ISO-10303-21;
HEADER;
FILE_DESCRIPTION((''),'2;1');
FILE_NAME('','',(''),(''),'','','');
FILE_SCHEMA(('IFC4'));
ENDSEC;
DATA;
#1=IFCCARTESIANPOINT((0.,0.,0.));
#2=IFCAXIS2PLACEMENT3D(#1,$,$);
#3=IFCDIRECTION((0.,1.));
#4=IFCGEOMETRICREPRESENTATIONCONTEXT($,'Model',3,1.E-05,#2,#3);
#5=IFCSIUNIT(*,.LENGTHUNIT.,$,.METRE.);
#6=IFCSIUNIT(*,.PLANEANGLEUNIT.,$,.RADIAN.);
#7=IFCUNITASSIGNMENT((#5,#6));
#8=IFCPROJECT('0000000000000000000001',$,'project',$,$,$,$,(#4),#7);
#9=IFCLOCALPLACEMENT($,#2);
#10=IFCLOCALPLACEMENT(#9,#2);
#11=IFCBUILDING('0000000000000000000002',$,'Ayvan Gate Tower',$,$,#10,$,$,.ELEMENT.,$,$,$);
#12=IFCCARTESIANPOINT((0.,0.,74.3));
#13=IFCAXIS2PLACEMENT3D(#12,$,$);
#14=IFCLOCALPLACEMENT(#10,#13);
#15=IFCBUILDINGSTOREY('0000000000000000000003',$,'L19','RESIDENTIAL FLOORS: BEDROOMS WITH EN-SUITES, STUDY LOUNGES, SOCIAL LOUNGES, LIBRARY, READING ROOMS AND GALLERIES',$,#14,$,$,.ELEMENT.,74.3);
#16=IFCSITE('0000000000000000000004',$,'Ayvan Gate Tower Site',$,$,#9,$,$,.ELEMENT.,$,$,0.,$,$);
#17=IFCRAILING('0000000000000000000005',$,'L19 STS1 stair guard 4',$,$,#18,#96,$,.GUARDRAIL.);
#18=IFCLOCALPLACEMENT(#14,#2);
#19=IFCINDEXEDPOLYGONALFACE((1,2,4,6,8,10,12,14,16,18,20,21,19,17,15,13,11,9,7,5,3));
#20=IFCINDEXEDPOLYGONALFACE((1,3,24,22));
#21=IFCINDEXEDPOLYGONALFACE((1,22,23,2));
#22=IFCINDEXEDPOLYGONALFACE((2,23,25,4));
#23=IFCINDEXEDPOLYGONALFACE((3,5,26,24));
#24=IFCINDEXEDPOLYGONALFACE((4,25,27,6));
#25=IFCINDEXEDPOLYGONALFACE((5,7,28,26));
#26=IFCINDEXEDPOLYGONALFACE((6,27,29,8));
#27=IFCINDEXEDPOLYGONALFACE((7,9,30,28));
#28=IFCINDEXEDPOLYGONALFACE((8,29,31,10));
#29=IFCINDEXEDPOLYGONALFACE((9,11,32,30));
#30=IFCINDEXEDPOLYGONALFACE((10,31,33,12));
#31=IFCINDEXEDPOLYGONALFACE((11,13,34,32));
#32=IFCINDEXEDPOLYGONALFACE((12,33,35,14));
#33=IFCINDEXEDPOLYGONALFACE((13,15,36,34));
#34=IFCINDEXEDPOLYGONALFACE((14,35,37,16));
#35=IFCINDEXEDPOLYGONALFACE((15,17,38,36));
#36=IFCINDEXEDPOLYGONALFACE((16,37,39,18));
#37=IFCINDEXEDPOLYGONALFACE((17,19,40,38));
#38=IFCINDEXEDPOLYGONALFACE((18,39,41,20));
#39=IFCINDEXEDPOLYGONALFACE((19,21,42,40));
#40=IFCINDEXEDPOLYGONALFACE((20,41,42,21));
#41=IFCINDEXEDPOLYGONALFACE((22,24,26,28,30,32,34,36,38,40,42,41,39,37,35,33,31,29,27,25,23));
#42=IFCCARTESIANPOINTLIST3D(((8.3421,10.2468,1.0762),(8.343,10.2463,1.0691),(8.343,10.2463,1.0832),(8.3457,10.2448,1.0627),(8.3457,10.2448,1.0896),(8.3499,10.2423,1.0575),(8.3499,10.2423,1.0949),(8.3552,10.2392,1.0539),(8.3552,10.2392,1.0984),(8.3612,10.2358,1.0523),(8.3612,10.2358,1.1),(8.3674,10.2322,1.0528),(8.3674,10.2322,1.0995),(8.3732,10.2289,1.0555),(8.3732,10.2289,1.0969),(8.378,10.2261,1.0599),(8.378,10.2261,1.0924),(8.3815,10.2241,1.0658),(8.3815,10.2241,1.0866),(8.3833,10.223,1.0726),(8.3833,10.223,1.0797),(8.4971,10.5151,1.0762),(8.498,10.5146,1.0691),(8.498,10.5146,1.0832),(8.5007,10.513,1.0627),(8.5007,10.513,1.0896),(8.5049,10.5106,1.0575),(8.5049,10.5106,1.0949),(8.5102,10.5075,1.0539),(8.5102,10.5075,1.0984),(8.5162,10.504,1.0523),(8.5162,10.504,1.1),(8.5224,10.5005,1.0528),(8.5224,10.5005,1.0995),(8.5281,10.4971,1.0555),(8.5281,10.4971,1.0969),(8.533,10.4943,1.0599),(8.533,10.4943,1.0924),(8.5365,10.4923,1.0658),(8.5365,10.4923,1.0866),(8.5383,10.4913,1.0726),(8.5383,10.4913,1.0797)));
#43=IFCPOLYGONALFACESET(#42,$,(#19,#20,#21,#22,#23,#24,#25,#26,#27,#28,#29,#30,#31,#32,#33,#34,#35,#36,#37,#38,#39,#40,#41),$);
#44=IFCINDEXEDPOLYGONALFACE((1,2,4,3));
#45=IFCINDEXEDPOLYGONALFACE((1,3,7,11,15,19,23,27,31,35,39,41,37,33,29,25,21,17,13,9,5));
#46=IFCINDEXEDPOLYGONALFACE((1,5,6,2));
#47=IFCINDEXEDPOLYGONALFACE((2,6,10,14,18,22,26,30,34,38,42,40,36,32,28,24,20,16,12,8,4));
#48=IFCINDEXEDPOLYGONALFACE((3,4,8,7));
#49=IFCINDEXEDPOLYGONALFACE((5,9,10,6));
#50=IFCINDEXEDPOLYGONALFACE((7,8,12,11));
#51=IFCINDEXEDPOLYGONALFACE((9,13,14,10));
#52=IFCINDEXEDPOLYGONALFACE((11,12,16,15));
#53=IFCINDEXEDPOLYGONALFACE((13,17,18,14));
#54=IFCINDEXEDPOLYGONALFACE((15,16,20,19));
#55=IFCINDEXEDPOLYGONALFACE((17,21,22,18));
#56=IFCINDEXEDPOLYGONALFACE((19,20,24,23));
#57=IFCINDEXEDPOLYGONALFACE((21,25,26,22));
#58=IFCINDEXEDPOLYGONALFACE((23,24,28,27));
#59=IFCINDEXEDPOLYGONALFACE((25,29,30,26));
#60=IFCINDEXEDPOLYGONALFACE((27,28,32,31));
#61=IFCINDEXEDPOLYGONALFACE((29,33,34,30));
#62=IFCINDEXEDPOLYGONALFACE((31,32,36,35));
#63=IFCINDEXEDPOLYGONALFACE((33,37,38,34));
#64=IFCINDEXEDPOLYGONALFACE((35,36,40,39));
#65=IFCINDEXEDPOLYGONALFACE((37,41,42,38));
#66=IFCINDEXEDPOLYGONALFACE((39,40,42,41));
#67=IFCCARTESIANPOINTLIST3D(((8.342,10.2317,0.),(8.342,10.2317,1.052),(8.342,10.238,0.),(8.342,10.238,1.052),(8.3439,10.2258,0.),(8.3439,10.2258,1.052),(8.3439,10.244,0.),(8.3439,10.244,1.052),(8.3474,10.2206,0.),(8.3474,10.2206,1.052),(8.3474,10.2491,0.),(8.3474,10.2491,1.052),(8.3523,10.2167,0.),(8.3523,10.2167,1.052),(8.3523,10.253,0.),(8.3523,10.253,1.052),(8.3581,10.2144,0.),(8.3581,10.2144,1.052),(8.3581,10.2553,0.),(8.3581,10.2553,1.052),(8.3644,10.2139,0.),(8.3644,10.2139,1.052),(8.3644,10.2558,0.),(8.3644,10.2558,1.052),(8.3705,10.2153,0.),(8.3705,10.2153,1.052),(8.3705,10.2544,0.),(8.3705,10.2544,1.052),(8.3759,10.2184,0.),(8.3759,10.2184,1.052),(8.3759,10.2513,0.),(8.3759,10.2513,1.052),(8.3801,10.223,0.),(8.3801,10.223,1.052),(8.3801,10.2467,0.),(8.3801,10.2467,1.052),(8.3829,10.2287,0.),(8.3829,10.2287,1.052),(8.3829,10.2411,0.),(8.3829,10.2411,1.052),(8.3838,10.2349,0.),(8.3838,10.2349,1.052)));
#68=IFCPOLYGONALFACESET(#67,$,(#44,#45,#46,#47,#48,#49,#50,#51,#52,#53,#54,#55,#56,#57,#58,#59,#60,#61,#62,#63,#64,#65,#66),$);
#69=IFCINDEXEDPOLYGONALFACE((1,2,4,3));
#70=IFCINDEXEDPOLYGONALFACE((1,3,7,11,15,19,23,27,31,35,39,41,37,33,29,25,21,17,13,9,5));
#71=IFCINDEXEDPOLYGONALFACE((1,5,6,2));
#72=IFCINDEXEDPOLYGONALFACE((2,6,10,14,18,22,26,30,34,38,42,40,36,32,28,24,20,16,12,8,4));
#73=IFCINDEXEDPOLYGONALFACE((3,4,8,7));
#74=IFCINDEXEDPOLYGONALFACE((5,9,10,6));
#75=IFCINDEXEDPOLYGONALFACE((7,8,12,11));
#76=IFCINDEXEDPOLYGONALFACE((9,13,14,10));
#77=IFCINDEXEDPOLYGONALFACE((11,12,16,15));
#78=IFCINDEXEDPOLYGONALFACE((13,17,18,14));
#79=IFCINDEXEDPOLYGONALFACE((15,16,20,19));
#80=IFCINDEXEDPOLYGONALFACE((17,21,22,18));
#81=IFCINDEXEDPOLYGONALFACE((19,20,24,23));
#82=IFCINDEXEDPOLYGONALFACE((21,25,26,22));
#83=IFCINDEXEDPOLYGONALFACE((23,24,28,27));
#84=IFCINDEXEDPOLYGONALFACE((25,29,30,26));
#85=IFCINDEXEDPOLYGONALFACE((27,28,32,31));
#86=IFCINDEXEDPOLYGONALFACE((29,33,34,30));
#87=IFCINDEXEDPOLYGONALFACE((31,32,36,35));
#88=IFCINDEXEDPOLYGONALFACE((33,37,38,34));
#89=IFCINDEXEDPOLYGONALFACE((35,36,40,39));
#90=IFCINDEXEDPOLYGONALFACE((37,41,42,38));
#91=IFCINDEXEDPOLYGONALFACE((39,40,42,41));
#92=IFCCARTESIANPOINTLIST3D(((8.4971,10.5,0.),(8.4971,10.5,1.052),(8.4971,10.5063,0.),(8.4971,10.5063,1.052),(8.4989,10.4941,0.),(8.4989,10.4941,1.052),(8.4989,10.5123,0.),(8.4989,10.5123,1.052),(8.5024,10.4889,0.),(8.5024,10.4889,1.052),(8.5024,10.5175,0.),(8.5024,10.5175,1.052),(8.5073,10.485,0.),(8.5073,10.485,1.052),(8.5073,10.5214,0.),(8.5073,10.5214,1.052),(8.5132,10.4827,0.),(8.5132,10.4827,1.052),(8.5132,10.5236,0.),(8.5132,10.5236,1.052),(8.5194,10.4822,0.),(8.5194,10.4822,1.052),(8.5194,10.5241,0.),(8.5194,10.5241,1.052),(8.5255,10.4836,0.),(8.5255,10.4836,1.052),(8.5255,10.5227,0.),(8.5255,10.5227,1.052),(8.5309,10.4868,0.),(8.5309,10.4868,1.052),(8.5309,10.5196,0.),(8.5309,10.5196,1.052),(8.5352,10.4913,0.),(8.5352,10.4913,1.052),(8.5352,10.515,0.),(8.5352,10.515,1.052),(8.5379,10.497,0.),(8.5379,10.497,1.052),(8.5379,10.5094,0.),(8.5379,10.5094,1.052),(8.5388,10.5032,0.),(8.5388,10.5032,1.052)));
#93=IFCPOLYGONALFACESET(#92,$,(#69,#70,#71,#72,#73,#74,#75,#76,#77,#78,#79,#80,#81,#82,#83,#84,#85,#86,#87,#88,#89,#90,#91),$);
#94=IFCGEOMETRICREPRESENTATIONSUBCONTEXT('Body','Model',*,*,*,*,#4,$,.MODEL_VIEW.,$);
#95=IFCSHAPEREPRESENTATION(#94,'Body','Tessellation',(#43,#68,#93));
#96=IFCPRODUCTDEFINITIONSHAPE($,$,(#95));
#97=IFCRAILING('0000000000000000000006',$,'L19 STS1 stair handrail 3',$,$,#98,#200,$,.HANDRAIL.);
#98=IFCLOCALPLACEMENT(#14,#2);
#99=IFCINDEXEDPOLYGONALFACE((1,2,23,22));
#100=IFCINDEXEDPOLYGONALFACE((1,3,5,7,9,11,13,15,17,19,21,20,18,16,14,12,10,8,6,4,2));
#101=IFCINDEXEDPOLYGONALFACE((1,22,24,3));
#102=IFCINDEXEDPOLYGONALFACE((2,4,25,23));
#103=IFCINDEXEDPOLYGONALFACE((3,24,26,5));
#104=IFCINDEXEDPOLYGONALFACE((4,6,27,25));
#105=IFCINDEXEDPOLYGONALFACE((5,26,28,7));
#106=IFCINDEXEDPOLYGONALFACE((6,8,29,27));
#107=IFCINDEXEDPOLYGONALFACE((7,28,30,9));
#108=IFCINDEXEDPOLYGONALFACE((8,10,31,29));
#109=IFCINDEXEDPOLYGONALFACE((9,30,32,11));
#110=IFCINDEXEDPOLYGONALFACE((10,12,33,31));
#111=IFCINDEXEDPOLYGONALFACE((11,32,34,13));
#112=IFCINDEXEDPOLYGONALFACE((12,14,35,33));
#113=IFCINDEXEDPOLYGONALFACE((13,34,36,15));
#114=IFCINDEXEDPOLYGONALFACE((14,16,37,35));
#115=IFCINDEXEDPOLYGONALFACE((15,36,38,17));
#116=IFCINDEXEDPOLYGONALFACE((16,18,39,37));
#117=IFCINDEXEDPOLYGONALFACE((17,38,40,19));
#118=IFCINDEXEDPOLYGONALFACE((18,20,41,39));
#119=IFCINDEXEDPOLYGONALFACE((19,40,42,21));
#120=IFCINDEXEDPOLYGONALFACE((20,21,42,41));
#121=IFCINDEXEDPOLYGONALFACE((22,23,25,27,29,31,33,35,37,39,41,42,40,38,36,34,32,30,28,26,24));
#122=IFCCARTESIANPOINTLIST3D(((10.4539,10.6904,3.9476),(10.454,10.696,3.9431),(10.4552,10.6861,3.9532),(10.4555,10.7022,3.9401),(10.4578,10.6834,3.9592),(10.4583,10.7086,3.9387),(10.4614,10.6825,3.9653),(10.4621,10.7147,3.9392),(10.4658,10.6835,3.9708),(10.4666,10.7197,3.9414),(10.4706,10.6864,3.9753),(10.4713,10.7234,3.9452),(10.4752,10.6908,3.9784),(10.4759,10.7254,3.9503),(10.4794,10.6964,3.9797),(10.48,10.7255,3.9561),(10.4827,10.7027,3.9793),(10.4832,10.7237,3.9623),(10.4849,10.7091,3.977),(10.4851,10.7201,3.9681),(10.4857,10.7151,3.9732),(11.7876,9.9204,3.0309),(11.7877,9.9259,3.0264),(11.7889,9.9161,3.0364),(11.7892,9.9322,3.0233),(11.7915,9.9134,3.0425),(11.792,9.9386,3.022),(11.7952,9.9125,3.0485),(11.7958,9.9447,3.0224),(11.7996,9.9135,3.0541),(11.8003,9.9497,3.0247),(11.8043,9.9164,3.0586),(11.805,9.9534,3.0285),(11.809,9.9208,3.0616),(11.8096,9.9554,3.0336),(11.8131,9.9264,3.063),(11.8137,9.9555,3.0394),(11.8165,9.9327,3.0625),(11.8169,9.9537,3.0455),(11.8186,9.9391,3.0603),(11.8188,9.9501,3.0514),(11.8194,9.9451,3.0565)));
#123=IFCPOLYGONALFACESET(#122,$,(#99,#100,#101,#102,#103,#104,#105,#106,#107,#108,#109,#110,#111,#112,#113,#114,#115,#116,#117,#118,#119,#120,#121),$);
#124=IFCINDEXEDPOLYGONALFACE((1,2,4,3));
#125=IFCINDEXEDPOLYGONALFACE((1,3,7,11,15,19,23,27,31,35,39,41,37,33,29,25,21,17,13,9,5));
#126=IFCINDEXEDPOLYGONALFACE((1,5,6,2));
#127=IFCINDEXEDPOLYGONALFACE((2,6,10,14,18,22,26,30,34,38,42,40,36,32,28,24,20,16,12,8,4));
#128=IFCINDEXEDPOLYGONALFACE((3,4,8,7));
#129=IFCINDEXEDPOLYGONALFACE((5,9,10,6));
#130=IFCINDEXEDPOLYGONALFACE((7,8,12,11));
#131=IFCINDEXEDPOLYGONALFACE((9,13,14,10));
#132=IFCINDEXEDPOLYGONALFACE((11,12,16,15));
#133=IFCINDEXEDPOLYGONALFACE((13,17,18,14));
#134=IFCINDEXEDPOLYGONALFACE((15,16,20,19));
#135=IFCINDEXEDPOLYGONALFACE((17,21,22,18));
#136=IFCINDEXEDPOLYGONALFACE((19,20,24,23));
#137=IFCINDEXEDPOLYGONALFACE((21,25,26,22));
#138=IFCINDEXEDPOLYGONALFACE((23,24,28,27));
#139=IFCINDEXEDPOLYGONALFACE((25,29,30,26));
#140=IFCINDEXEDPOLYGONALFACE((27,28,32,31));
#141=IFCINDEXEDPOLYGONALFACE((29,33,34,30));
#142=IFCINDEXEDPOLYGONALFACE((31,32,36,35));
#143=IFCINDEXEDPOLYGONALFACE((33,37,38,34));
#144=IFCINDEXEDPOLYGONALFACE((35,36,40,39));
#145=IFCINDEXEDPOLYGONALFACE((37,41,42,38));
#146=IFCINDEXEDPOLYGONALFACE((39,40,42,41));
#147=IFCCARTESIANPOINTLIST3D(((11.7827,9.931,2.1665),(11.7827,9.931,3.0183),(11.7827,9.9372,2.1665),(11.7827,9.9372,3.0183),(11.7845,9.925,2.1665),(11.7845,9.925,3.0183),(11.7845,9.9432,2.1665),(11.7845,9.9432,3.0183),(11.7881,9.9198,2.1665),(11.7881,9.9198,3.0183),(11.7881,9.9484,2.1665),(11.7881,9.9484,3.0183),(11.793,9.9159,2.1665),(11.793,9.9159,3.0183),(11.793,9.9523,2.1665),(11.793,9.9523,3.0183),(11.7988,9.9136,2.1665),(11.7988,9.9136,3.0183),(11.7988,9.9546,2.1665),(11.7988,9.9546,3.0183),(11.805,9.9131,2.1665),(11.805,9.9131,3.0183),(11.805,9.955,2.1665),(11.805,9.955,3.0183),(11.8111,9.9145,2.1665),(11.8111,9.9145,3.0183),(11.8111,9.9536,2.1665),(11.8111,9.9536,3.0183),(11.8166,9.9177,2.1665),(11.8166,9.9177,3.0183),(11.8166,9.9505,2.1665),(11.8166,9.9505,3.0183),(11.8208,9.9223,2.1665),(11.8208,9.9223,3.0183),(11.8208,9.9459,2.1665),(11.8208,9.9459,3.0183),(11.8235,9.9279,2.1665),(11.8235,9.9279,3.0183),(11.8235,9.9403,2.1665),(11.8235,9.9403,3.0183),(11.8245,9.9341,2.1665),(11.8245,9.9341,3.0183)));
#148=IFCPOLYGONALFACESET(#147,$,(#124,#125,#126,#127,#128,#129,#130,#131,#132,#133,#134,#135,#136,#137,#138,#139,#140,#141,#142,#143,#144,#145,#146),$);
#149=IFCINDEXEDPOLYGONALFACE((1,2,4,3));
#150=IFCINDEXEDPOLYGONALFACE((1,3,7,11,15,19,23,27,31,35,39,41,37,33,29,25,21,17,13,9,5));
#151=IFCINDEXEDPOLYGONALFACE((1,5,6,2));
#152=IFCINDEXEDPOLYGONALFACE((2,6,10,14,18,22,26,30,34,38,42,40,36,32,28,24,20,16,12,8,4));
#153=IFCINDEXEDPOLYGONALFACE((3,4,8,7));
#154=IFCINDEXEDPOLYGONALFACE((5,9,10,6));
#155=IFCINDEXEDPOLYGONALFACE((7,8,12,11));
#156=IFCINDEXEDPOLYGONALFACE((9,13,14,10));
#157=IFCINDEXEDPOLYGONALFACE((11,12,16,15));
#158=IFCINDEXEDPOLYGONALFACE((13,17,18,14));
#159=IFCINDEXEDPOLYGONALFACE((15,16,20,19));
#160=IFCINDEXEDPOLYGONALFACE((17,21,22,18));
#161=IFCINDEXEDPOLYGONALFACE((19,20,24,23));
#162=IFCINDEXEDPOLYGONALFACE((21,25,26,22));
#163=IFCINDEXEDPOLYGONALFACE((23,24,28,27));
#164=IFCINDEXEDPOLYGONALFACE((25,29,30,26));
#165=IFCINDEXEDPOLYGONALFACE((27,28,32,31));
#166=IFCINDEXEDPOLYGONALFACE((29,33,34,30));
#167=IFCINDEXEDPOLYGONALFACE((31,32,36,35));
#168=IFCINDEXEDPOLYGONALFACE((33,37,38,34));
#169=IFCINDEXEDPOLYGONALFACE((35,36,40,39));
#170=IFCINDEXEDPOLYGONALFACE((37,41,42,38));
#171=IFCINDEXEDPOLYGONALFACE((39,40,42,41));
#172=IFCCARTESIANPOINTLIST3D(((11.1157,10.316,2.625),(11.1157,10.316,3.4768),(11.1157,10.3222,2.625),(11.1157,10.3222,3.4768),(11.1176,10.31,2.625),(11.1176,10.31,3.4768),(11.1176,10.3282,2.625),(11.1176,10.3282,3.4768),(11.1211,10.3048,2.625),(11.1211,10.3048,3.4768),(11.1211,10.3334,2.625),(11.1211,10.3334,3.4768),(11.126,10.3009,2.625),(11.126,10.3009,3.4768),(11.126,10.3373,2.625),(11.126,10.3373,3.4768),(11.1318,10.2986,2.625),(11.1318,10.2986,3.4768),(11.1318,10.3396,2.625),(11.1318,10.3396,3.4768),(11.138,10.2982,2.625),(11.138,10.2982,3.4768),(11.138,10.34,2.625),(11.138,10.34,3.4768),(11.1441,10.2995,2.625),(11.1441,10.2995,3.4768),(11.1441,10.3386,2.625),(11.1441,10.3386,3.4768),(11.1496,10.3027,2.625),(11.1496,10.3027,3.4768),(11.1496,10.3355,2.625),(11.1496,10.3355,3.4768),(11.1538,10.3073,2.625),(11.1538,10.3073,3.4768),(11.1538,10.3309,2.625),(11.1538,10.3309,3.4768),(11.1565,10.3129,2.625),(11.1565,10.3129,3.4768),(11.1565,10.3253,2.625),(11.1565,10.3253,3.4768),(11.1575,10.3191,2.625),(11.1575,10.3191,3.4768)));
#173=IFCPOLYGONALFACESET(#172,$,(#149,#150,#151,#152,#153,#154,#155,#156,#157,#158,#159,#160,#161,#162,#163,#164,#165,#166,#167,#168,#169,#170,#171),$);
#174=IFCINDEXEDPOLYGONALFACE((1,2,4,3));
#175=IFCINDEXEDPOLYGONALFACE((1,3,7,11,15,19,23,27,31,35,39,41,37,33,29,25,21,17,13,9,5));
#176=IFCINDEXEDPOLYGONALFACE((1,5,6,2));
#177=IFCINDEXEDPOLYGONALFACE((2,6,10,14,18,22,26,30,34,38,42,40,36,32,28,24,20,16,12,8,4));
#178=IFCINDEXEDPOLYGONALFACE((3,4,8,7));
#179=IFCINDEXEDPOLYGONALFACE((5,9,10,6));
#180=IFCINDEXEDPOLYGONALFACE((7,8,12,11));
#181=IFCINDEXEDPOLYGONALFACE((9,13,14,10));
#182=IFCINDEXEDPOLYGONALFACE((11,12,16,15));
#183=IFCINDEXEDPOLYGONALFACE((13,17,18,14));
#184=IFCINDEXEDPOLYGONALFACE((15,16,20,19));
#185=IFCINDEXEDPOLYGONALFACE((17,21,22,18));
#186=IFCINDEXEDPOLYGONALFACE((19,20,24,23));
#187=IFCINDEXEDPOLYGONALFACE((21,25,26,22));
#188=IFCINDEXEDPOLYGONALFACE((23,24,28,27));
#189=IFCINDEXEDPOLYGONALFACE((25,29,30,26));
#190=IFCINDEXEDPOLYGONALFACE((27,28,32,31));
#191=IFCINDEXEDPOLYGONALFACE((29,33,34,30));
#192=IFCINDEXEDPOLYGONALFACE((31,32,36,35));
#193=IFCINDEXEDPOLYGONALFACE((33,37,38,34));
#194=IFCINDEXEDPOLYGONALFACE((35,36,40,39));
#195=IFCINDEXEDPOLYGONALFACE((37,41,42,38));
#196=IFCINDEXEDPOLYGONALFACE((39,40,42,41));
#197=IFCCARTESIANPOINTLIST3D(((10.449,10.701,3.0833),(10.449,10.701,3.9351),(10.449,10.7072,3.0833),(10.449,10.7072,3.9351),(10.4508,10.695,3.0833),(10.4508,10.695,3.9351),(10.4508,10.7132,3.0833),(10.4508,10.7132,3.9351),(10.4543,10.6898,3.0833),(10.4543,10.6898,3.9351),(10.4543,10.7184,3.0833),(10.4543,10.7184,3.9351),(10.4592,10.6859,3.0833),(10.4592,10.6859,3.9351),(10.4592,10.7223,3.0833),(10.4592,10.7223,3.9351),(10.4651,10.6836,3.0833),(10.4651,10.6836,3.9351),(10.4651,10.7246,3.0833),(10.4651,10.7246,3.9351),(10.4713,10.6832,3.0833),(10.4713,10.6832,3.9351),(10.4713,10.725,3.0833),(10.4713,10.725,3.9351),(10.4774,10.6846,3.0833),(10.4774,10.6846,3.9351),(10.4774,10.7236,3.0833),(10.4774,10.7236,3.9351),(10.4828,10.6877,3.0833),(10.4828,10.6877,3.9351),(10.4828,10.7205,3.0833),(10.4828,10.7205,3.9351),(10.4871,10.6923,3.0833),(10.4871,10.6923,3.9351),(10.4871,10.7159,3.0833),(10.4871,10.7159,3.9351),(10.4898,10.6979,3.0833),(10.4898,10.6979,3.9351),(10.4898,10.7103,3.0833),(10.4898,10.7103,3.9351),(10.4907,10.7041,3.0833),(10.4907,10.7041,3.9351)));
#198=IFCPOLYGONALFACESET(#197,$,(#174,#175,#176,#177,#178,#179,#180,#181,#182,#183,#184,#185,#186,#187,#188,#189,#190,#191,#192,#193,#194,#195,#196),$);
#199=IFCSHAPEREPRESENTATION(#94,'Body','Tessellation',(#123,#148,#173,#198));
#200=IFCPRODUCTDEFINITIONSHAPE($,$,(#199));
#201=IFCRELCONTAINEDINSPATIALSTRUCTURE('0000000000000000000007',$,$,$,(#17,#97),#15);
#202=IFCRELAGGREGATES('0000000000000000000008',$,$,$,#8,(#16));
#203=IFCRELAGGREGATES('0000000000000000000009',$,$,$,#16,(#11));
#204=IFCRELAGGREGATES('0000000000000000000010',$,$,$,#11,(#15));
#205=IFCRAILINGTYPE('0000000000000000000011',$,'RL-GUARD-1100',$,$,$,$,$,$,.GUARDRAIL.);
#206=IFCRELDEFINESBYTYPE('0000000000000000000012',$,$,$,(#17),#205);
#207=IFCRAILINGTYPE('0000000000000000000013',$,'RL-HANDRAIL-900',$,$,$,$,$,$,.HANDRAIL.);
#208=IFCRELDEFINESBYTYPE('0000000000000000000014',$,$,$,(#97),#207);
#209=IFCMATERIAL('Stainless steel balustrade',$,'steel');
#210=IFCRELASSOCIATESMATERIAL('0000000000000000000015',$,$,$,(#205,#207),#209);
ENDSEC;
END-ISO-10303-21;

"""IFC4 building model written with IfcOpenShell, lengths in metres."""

from ifc_helpers import new_model, si_unit, direction, frame, origin, origin_2d, place, context, subcontext, project, spatial, circle, extrude, material, type_object, element, save


model = new_model("IFC4")

# Units and contexts
model_context = context("Model", 3, precision=1e-05, world=origin(), true_north=direction((0.0, 1.0)))
body_context = subcontext(model_context, "Body", "Model", "MODEL_VIEW")
ifc_project = project(units=[si_unit("LENGTHUNIT", "METRE"), si_unit("PLANEANGLEUNIT", "RADIAN")], contexts=[model_context])

# Site, building, storey
site_placement = place(None, origin())
site = spatial("IfcSite", under=ifc_project, at=site_placement, Name="Ayvan Gate Tower Site", CompositionType="ELEMENT", RefElevation=0.0)
building_placement = place(site_placement, origin())
building = spatial("IfcBuilding", under=site, at=building_placement, Name="Ayvan Gate Tower", CompositionType="ELEMENT")
storey_placement = place(building_placement, frame((0.0, 0.0, 74.3)))
storey = spatial("IfcBuildingStorey", under=building, at=storey_placement, Name="L19", Description="RESIDENTIAL FLOORS: BEDROOMS WITH EN-SUITES, STUDY LOUNGES, SOCIAL LOUNGES, LIBRARY, READING ROOMS AND GALLERIES", CompositionType="ELEMENT", Elevation=74.3)

# Railings
ifc_material_1 = material(Name="Stainless steel balustrade", Category="steel")
railing_type_1 = type_object("IfcRailingType", Name="RL-GUARD-1100", PredefinedType="GUARDRAIL", material=ifc_material_1)
railing_1_placement = place(storey_placement, frame((8.3628, 10.2349, 0.0)))
element("IfcRailing", 1, at=railing_1_placement, inside=storey, type_object=railing_type_1, Name="L19 STS1 stair guard 4", PredefinedType="GUARDRAIL", context=body_context, shape_type="SweptSolid", body=[
    extrude(circle(Radius=0.0239, at=origin_2d()), frame((0.0, 0.0, 1.0762), z_axis=(0.500291, 0.865857, 0.0), x_axis=(-0.865857, 0.500291, 0.0)), (0.0, 0.0, 1.0), 0.3098),
    extrude(circle(Radius=0.021, at=origin_2d()), origin(), (0.0, 0.0, 1.0), 1.052),
    extrude(circle(Radius=0.021, at=origin_2d()), frame((0.155, 0.2683, 0.0)), (0.0, 0.0, 1.0), 1.052),
])
railing_type_2 = type_object("IfcRailingType", Name="RL-HANDRAIL-900", PredefinedType="HANDRAIL", material=ifc_material_1)
for number, where, name in (
    (2, (11.8035, 9.9341, 2.1665), "L19 STS1 stair handrail 3"),
):
    element("IfcRailing", number, at=place(storey_placement, frame(where)), inside=storey, type_object=railing_type_2, Name=name, PredefinedType="HANDRAIL", context=body_context, shape_type="SweptSolid", body=[
        extrude(circle(Radius=0.0239, at=origin_2d()), frame((0.0, 0.0, 0.876), z_axis=(-0.744164, 0.429634, 0.511502), x_axis=(-0.499992, -0.86603, 0.0)), (0.0, 0.0, 1.0), 1.7922),
        extrude(circle(Radius=0.021, at=origin_2d()), origin(), (0.0, 0.0, 1.0), 0.8518),
        extrude(circle(Radius=0.021, at=origin_2d()), frame((-0.667, 0.385, 0.4585)), (0.0, 0.0, 1.0), 0.8518),
        extrude(circle(Radius=0.021, at=origin_2d()), frame((-1.3337, 0.77, 0.9167)), (0.0, 0.0, 1.0), 0.8518),
    ])

save(model, "model.ifc")
